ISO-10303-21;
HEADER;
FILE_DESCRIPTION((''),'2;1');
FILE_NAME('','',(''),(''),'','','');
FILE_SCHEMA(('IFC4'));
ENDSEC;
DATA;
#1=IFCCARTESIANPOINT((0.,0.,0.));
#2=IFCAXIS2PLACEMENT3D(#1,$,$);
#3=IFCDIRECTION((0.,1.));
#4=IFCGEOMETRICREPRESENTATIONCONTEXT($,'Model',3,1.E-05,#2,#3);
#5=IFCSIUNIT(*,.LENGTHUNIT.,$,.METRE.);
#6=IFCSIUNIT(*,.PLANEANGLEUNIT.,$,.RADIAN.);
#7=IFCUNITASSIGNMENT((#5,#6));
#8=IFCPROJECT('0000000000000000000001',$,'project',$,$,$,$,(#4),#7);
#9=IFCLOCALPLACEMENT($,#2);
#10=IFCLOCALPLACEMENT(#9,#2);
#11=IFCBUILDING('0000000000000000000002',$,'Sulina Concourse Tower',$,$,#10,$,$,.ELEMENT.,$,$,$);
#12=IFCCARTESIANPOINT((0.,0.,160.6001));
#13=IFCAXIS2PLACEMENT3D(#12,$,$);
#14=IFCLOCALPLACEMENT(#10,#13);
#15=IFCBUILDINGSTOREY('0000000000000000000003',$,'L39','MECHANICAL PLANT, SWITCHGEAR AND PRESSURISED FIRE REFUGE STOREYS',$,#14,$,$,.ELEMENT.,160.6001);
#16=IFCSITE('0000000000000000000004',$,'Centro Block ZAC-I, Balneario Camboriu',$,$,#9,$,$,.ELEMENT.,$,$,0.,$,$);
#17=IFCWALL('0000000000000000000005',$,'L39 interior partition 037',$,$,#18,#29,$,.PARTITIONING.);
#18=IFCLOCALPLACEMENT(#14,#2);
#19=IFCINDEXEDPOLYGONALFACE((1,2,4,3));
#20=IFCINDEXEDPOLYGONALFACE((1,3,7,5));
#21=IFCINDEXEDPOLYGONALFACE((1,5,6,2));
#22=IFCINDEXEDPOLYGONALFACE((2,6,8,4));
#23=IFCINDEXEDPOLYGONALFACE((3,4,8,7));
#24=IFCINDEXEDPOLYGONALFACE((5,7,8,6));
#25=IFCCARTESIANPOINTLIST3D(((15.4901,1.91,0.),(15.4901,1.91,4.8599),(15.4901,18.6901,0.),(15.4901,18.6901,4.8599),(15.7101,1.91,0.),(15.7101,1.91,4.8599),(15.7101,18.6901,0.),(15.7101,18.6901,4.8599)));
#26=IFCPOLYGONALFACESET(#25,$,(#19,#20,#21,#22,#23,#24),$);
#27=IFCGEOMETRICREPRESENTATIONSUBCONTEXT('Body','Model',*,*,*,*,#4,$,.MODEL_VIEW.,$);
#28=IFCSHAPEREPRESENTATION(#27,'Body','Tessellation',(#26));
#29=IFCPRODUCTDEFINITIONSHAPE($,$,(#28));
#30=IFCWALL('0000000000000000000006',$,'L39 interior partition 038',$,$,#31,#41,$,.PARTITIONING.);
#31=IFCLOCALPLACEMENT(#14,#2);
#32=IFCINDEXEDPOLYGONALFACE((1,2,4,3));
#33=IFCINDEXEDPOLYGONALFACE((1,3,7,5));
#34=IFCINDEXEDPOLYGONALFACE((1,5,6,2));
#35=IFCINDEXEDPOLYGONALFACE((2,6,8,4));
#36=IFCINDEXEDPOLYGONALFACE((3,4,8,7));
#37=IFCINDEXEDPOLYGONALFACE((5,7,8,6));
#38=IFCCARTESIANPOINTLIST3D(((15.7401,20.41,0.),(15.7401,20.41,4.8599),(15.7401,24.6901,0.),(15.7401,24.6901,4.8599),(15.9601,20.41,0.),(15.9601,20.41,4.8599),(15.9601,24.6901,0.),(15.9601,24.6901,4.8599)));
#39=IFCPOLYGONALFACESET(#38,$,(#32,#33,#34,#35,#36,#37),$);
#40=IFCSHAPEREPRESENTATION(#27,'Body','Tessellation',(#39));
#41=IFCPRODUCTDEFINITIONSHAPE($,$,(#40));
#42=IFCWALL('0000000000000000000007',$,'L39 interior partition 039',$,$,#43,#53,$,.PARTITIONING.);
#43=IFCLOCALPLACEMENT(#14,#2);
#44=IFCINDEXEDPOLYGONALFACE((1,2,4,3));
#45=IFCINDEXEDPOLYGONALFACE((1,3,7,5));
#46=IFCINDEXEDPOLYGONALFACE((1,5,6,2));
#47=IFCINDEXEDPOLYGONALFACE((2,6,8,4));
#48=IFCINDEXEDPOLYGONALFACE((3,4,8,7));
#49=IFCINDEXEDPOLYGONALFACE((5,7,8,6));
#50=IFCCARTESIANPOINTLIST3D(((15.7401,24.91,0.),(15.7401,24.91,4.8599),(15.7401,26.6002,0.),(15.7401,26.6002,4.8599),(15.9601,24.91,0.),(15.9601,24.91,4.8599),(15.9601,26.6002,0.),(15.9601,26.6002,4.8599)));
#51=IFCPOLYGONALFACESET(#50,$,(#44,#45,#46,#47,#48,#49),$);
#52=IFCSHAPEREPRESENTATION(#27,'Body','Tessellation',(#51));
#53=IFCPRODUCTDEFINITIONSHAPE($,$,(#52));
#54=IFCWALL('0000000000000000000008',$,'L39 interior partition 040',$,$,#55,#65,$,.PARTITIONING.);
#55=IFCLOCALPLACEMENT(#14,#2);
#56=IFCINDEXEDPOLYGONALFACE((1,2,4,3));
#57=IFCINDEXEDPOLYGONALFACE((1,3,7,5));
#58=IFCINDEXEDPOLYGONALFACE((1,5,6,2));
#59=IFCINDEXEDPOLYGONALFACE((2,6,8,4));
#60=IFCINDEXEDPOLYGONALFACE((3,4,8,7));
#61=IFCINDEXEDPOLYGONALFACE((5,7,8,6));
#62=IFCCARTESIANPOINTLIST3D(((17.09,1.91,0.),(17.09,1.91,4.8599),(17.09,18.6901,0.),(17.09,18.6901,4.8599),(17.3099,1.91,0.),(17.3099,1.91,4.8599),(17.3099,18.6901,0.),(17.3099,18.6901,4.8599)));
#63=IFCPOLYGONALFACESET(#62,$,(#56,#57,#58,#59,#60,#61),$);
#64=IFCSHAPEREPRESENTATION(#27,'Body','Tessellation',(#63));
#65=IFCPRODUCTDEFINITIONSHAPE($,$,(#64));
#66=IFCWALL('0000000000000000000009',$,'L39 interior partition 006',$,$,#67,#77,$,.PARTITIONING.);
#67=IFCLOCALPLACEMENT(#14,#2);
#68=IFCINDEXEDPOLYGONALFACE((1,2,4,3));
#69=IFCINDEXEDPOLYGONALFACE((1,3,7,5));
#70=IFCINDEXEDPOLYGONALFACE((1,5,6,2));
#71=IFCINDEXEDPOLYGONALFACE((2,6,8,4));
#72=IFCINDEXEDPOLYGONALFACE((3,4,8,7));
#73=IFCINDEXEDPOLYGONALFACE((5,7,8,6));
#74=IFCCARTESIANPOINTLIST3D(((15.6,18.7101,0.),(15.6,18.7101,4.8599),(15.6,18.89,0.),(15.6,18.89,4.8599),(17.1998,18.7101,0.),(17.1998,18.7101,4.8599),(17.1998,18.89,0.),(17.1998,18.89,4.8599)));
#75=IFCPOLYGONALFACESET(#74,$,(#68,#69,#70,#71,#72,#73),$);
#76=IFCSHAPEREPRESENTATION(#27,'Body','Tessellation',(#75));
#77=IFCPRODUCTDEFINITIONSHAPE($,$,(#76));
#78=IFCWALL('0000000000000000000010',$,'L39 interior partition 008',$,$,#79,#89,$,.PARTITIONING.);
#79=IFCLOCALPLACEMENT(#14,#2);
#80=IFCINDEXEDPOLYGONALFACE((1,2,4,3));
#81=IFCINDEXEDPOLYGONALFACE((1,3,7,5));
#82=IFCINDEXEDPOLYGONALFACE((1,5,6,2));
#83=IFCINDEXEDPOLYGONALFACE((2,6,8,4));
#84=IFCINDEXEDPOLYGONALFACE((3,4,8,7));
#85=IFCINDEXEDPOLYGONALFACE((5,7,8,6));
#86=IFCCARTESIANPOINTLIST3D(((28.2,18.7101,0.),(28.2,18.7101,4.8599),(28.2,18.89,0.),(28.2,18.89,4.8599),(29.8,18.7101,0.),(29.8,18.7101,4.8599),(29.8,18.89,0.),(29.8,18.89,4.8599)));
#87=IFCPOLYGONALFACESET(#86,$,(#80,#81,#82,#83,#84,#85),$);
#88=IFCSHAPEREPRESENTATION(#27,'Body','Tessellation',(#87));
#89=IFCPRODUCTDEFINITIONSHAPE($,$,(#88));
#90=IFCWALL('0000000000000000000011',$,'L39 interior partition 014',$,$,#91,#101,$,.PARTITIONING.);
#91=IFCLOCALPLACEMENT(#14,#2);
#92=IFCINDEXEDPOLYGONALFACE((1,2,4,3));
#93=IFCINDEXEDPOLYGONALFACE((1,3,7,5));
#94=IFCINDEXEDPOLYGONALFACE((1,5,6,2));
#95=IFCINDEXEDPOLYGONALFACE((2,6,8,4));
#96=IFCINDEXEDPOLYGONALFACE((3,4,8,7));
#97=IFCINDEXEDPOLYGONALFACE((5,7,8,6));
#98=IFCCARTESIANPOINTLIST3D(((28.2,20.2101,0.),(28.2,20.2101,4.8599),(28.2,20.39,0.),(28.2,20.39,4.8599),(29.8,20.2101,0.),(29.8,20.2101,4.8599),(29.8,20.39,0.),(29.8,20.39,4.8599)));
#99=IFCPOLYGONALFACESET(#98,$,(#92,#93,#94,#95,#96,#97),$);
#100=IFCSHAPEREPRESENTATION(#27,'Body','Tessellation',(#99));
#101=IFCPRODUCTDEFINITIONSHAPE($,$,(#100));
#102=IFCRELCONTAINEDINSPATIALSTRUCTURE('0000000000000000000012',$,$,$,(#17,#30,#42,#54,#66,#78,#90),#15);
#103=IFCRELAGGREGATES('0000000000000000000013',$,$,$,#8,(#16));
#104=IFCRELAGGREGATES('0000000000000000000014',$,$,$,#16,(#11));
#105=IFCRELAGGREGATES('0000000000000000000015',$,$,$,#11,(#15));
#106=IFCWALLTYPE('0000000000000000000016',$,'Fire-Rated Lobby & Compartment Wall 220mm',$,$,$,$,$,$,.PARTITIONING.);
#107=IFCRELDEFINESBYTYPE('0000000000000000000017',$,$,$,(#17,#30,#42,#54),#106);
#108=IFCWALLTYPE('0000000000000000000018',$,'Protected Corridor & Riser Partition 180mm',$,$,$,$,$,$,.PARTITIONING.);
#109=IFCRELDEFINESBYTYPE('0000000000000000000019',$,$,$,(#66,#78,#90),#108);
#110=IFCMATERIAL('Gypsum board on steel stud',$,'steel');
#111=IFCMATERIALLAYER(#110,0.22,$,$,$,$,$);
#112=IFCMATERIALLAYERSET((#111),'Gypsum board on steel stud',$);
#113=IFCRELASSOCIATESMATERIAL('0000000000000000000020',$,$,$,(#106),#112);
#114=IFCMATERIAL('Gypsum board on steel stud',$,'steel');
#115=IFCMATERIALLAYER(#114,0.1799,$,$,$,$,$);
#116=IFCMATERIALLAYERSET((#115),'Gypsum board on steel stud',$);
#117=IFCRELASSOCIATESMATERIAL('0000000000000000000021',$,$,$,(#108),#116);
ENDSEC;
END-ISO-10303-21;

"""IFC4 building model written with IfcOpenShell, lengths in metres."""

from ifc_helpers import new_model, si_unit, direction, frame, frame_2d, origin, place, context, subcontext, project, spatial, rectangle, extrude, material, layer, layer_set, type_object, element, save


model = new_model("IFC4")

# Units and contexts
model_context = context("Model", 3, precision=1e-05, world=origin(), true_north=direction((0.0, 1.0)))
body_context = subcontext(model_context, "Body", "Model", "MODEL_VIEW")
ifc_project = project(units=[si_unit("LENGTHUNIT", "METRE"), si_unit("PLANEANGLEUNIT", "RADIAN")], contexts=[model_context])

# Site, building, storey
site_placement = place(None, origin())
site = spatial("IfcSite", under=ifc_project, at=site_placement, Name="Centro Block ZAC-I, Balneario Camboriu", CompositionType="ELEMENT", RefElevation=0.0)
building_placement = place(site_placement, origin())
building = spatial("IfcBuilding", under=site, at=building_placement, Name="Sulina Concourse Tower", CompositionType="ELEMENT")
storey_placement = place(building_placement, frame((0.0, 0.0, 160.6001)))
storey = spatial("IfcBuildingStorey", under=building, at=storey_placement, Name="L39", Description="MECHANICAL PLANT, SWITCHGEAR AND PRESSURISED FIRE REFUGE STOREYS", CompositionType="ELEMENT", Elevation=160.6001)

# Shared definitions
ifc_material_1 = material(Name="Gypsum board on steel stud", Category="steel")
ifc_layer_1 = layer(ifc_material_1, 0.22)
ifc_layer_set_1 = layer_set([ifc_layer_1], Name="Gypsum board on steel stud")
wall_type_1 = type_object("IfcWallType", Name="Fire-Rated Lobby & Compartment Wall 220mm", PredefinedType="PARTITIONING", material=ifc_layer_set_1)

# Walls
wall_1_placement = place(storey_placement, frame((15.6001, 1.9099, 0.0), z_axis=(0.0, 0.0, 1.0), x_axis=(0.0, 1.0, 0.0)))
element("IfcWall", 1, at=wall_1_placement, inside=storey, type_object=wall_type_1, Name="L39 interior partition 037", PredefinedType="PARTITIONING", context=body_context, shape_type="SweptSolid", body=[
    extrude(rectangle(XDim=16.78, YDim=0.22, at=frame_2d((8.3901, 0.0))), origin(), (0.0, 0.0, 1.0), 4.8599),
])
wall_2_placement = place(storey_placement, frame((15.8501, 20.4099, 0.0), z_axis=(0.0, 0.0, 1.0), x_axis=(0.0, 1.0, 0.0)))
element("IfcWall", 2, at=wall_2_placement, inside=storey, type_object=wall_type_1, Name="L39 interior partition 038", PredefinedType="PARTITIONING", context=body_context, shape_type="SweptSolid", body=[
    extrude(rectangle(XDim=4.28, YDim=0.22, at=frame_2d((2.1401, 0.0))), origin(), (0.0, 0.0, 1.0), 4.8599),
])
wall_3_placement = place(storey_placement, frame((15.8501, 24.9099, 0.0), z_axis=(0.0, 0.0, 1.0), x_axis=(0.0, 1.0, 0.0)))
element("IfcWall", 3, at=wall_3_placement, inside=storey, type_object=wall_type_1, Name="L39 interior partition 039", PredefinedType="PARTITIONING", context=body_context, shape_type="SweptSolid", body=[
    extrude(rectangle(XDim=1.6902, YDim=0.22, at=frame_2d((0.8452, 0.0))), origin(), (0.0, 0.0, 1.0), 4.8599),
])
wall_4_placement = place(storey_placement, frame((17.2, 1.9099, 0.0), z_axis=(0.0, 0.0, 1.0), x_axis=(0.0, 1.0, 0.0)))
element("IfcWall", 4, at=wall_4_placement, inside=storey, type_object=wall_type_1, Name="L39 interior partition 040", PredefinedType="PARTITIONING", context=body_context, shape_type="SweptSolid", body=[
    extrude(rectangle(XDim=16.78, YDim=0.22, at=frame_2d((8.3901, 0.0))), origin(), (0.0, 0.0, 1.0), 4.8599),
])
ifc_material_2 = material(Name="Gypsum board on steel stud", Category="steel")
ifc_layer_2 = layer(ifc_material_2, 0.1799)
ifc_layer_set_2 = layer_set([ifc_layer_2], Name="Gypsum board on steel stud")
wall_type_2 = type_object("IfcWallType", Name="Protected Corridor & Riser Partition 180mm", PredefinedType="PARTITIONING", material=ifc_layer_set_2)
wall_5_placement = place(storey_placement, frame((15.6001, 18.8, 0.0), z_axis=(0.0, 0.0, 1.0), x_axis=(1.0, 0.0, 0.0)))
element("IfcWall", 5, at=wall_5_placement, inside=storey, type_object=wall_type_2, Name="L39 interior partition 006", PredefinedType="PARTITIONING", context=body_context, shape_type="SweptSolid", body=[
    extrude(rectangle(XDim=1.5999, YDim=0.1799, at=frame_2d((0.7998, 0.0))), origin(), (0.0, 0.0, 1.0), 4.8599),
])
for number, where, z_axis, x_axis, name in (
    (6, (28.2, 18.8, 0.0), (0.0, 0.0, 1.0), (1.0, 0.0, 0.0), "L39 interior partition 008"),
    (7, (28.2, 20.3, 0.0), (0.0, 0.0, 1.0), (1.0, 0.0, 0.0), "L39 interior partition 014"),
):
    element("IfcWall", number, at=place(storey_placement, frame(where, z_axis=z_axis, x_axis=x_axis)), inside=storey, type_object=wall_type_2, Name=name, PredefinedType="PARTITIONING", context=body_context, shape_type="SweptSolid", body=[
        extrude(rectangle(XDim=1.6001, YDim=0.1799, at=frame_2d((0.8, 0.0))), origin(), (0.0, 0.0, 1.0), 4.8599),
    ])

save(model, "model.ifc")
